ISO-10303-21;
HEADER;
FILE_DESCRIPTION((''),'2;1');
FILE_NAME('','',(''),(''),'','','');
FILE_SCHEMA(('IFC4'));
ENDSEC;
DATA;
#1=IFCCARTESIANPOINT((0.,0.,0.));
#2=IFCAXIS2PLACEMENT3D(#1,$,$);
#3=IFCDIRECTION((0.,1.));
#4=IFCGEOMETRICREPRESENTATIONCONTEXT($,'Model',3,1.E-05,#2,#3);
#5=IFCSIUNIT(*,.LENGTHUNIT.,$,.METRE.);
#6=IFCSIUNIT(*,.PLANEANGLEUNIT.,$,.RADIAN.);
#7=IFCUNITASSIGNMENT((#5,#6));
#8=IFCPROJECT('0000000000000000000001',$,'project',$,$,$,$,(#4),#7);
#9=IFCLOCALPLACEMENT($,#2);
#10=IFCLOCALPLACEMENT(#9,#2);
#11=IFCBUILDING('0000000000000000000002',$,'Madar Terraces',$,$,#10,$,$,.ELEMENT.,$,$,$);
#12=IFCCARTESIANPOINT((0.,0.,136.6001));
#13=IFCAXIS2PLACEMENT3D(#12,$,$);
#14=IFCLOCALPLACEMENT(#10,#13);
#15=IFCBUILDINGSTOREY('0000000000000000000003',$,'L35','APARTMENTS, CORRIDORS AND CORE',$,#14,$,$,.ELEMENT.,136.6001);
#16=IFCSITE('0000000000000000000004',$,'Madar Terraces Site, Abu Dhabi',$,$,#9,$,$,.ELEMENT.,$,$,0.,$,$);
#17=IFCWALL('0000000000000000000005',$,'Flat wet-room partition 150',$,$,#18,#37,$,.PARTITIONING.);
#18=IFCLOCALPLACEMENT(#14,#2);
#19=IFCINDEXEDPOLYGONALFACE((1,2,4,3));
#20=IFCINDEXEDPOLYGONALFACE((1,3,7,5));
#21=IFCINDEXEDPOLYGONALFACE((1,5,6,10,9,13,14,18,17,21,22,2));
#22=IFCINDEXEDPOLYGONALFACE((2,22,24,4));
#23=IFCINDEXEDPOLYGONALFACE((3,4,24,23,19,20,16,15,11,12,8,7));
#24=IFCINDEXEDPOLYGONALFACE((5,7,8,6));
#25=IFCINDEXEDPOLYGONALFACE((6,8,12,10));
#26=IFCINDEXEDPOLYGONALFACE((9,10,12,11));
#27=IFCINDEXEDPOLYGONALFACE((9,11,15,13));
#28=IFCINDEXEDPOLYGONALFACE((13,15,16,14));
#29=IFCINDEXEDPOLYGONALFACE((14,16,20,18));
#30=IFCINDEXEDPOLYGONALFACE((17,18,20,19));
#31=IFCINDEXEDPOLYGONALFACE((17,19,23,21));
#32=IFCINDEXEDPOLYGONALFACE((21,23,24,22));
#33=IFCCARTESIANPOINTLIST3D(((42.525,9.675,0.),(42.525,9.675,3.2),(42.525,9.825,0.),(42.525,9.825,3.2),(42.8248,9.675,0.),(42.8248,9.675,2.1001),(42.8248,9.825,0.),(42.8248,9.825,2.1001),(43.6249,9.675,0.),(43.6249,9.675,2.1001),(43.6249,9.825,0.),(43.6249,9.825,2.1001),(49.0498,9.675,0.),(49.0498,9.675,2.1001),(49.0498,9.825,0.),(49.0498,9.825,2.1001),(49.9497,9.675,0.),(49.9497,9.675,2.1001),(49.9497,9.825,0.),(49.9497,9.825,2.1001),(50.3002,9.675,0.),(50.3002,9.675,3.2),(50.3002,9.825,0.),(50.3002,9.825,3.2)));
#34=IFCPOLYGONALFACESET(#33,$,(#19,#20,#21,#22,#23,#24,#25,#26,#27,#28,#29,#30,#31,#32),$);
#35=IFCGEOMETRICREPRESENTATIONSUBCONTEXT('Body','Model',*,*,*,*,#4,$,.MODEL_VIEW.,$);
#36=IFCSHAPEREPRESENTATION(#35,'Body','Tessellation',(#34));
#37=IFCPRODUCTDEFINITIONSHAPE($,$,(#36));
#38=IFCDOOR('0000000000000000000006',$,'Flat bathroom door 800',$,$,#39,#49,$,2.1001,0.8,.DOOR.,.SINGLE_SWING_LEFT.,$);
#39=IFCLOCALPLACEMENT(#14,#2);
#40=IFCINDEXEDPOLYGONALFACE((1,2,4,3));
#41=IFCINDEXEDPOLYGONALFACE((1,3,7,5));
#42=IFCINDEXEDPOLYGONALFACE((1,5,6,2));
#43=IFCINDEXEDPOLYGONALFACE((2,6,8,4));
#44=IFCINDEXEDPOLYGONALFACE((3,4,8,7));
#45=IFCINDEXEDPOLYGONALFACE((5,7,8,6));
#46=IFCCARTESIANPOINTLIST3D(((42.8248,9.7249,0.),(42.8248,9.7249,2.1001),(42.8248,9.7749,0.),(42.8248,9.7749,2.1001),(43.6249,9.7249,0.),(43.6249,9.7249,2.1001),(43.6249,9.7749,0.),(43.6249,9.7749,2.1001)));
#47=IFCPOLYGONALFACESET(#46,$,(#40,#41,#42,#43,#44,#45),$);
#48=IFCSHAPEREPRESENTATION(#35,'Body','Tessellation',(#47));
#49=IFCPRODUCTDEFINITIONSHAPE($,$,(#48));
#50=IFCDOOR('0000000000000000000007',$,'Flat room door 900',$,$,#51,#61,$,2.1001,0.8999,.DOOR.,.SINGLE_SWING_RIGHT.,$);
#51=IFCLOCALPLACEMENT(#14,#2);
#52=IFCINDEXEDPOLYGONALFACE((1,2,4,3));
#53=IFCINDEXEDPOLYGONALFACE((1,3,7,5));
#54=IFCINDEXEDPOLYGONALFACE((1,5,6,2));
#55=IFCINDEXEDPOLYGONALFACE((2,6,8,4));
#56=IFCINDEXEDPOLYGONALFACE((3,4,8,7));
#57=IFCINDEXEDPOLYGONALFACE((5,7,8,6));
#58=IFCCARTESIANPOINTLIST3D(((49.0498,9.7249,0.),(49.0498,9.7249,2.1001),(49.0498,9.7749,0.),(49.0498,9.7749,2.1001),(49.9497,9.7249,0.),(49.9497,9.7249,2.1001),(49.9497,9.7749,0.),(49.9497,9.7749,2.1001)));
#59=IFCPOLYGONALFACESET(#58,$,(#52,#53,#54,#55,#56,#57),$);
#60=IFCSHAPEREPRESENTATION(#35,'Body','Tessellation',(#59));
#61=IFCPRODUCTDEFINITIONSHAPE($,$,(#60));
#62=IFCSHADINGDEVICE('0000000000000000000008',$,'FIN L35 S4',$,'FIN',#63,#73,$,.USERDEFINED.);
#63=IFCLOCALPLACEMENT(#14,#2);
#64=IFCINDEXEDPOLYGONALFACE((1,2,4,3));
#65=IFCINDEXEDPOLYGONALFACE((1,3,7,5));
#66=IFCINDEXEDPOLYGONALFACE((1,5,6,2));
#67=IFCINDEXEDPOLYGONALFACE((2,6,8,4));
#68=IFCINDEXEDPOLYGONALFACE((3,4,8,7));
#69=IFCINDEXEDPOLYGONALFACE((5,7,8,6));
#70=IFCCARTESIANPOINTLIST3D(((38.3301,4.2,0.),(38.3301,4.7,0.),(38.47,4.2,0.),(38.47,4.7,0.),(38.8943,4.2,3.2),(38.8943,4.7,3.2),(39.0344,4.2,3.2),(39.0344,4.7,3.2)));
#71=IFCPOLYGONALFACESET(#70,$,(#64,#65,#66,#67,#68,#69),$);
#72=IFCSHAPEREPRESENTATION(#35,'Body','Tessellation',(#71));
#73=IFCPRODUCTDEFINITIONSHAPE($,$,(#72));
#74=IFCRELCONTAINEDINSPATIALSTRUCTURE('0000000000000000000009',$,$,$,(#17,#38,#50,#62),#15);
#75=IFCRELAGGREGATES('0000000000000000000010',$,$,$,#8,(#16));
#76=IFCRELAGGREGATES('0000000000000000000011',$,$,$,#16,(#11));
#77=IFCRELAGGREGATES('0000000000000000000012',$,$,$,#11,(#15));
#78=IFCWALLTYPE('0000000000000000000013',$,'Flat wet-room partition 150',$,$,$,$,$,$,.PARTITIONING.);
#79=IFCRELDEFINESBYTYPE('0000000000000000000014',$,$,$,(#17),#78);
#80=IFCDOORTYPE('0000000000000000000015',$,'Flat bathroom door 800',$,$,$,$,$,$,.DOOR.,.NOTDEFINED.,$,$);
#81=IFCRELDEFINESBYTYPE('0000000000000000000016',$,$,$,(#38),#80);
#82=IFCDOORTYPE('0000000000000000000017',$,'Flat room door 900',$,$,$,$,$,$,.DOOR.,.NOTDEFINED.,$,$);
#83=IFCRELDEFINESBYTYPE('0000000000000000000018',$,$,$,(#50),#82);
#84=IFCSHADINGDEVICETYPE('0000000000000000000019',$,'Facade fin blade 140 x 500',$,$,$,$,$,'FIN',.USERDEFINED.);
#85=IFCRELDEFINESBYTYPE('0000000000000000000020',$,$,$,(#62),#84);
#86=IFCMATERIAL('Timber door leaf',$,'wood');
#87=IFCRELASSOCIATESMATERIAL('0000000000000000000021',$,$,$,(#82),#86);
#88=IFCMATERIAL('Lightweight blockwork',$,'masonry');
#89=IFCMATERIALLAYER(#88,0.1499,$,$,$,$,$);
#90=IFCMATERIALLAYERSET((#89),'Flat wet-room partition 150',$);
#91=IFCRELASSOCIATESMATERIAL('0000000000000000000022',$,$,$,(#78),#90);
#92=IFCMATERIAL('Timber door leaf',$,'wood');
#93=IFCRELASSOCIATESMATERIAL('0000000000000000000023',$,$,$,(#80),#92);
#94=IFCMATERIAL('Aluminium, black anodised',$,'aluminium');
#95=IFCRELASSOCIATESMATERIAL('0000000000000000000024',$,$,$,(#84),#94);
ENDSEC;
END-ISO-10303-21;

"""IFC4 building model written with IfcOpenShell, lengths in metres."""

from ifc_helpers import new_model, si_unit, direction, frame, frame_2d, origin, place, context, subcontext, project, spatial, polyline, rectangle, outline, extrude, material, layer, layer_set, type_object, element, fill, save


model = new_model("IFC4")

# Units and contexts
model_context = context("Model", 3, precision=1e-05, world=origin(), true_north=direction((0.0, 1.0)))
body_context = subcontext(model_context, "Body", "Model", "MODEL_VIEW")
ifc_project = project(units=[si_unit("LENGTHUNIT", "METRE"), si_unit("PLANEANGLEUNIT", "RADIAN")], contexts=[model_context])

# Site, building, storey
site_placement = place(None, origin())
site = spatial("IfcSite", under=ifc_project, at=site_placement, Name="Madar Terraces Site, Abu Dhabi", CompositionType="ELEMENT", RefElevation=0.0)
building_placement = place(site_placement, origin())
building = spatial("IfcBuilding", under=site, at=building_placement, Name="Madar Terraces", CompositionType="ELEMENT")
storey_placement = place(building_placement, frame((0.0, 0.0, 136.6001)))
storey = spatial("IfcBuildingStorey", under=building, at=storey_placement, Name="L35", Description="APARTMENTS, CORRIDORS AND CORE", CompositionType="ELEMENT", Elevation=136.6001)

# Shared definitions
ifc_material_1 = material(Name="Timber door leaf", Category="wood")
door_type_1 = type_object("IfcDoorType", Name="Flat room door 900", OperationType="NOTDEFINED", PredefinedType="DOOR", material=ifc_material_1)

# Shared definitions
ifc_material_2 = material(Name="Lightweight blockwork", Category="masonry")
ifc_layer_1 = layer(ifc_material_2, 0.1499)
ifc_layer_set_1 = layer_set([ifc_layer_1], Name="Flat wet-room partition 150")
wall_type_1 = type_object("IfcWallType", Name="Flat wet-room partition 150", PredefinedType="PARTITIONING", material=ifc_layer_set_1)

# Wall, openings, doors
wall_1_placement = place(storey_placement, frame((42.5249, 9.75, 0.0), z_axis=(0.0, 0.0, 1.0), x_axis=(1.0, 0.0, 0.0)))
wall_1 = element("IfcWall", 1, at=wall_1_placement, inside=storey, type_object=wall_type_1, Name="Flat wet-room partition 150", PredefinedType="PARTITIONING", context=body_context, shape_type="SweptSolid", body=[
    extrude(rectangle(XDim=7.7751, YDim=0.1499, at=frame_2d((3.8877, 0.0))), origin(), (0.0, 0.0, 1.0), 3.2),
])
opening_1_placement = place(wall_1_placement, frame((0.3, 0.0, 0.0)))
opening_1 = element("IfcOpeningElement", 2, at=opening_1_placement, cuts=wall_1, PredefinedType="OPENING", context=body_context, shape_type="SweptSolid", body=[
    extrude(rectangle(XDim=0.8, YDim=2.1001, at=frame_2d((0.3999, 1.05))), frame((0.0, 0.085, 0.0), z_axis=(0.0, -1.0, 0.0), x_axis=(1.0, 0.0, 0.0)), (0.0, 0.0, 1.0), 0.1699),
])
opening_2_placement = place(wall_1_placement, frame((6.5249, 0.0, 0.0)))
opening_2 = element("IfcOpeningElement", 3, at=opening_2_placement, cuts=wall_1, PredefinedType="OPENING", context=body_context, shape_type="SweptSolid", body=[
    extrude(rectangle(XDim=0.8999, YDim=2.1001, at=frame_2d((0.45, 1.05))), frame((0.0, 0.085, 0.0), z_axis=(0.0, -1.0, 0.0), x_axis=(1.0, 0.0, 0.0)), (0.0, 0.0, 1.0), 0.1699),
])
ifc_material_3 = material(Name="Timber door leaf", Category="wood")
door_type_2 = type_object("IfcDoorType", Name="Flat bathroom door 800", OperationType="NOTDEFINED", PredefinedType="DOOR", material=ifc_material_3)
door_1_placement = place(opening_1_placement, origin())
door_1 = element("IfcDoor", 4, at=door_1_placement, inside=storey, type_object=door_type_2, Name="Flat bathroom door 800", OperationType="SINGLE_SWING_LEFT", OverallHeight=2.1001, OverallWidth=0.8, PredefinedType="DOOR", context=body_context, shape_type="SweptSolid", body=[
    extrude(rectangle(XDim=0.8, YDim=2.1001, at=frame_2d((0.3999, 1.05))), frame((0.0, 0.0249, 0.0), z_axis=(0.0, -1.0, 0.0), x_axis=(1.0, 0.0, 0.0)), (0.0, 0.0, 1.0), 0.05),
])
fill(opening_1, door_1)
door_2_placement = place(opening_2_placement, origin())
door_2 = element("IfcDoor", 5, at=door_2_placement, inside=storey, type_object=door_type_1, Name="Flat room door 900", OperationType="SINGLE_SWING_RIGHT", OverallHeight=2.1001, OverallWidth=0.8999, PredefinedType="DOOR", context=body_context, shape_type="SweptSolid", body=[
    extrude(rectangle(XDim=0.8999, YDim=2.1001, at=frame_2d((0.45, 1.05))), frame((0.0, 0.0249, 0.0), z_axis=(0.0, -1.0, 0.0), x_axis=(1.0, 0.0, 0.0)), (0.0, 0.0, 1.0), 0.05),
])
fill(opening_2, door_2)

# Shading device
ifc_material_4 = material(Name="Aluminium, black anodised", Category="aluminium")
shading_device_type = type_object("IfcShadingDeviceType", Name="Facade fin blade 140 x 500", ElementType="FIN", PredefinedType="USERDEFINED", material=ifc_material_4)
shading_device_placement = place(storey_placement, frame((38.3301, 4.45, 0.0), z_axis=(0.0, 0.0, 1.0), x_axis=(1.0, 0.0, 0.0)))
element("IfcShadingDevice", 6, at=shading_device_placement, inside=storey, type_object=shading_device_type, Name="FIN L35 S4", ObjectType="FIN", PredefinedType="USERDEFINED", context=body_context, shape_type="SweptSolid", body=[
    extrude(outline(polyline([(0.0, 0.0), (0.1399, 0.0), (0.7043, 3.2), (0.5642, 3.2), (0.0, 0.0)])), frame((0.0, 0.25, 0.0), z_axis=(0.0, -1.0, 0.0), x_axis=(1.0, 0.0, 0.0)), (0.0, 0.0, 1.0), 0.5),
])

save(model, "model.ifc")
